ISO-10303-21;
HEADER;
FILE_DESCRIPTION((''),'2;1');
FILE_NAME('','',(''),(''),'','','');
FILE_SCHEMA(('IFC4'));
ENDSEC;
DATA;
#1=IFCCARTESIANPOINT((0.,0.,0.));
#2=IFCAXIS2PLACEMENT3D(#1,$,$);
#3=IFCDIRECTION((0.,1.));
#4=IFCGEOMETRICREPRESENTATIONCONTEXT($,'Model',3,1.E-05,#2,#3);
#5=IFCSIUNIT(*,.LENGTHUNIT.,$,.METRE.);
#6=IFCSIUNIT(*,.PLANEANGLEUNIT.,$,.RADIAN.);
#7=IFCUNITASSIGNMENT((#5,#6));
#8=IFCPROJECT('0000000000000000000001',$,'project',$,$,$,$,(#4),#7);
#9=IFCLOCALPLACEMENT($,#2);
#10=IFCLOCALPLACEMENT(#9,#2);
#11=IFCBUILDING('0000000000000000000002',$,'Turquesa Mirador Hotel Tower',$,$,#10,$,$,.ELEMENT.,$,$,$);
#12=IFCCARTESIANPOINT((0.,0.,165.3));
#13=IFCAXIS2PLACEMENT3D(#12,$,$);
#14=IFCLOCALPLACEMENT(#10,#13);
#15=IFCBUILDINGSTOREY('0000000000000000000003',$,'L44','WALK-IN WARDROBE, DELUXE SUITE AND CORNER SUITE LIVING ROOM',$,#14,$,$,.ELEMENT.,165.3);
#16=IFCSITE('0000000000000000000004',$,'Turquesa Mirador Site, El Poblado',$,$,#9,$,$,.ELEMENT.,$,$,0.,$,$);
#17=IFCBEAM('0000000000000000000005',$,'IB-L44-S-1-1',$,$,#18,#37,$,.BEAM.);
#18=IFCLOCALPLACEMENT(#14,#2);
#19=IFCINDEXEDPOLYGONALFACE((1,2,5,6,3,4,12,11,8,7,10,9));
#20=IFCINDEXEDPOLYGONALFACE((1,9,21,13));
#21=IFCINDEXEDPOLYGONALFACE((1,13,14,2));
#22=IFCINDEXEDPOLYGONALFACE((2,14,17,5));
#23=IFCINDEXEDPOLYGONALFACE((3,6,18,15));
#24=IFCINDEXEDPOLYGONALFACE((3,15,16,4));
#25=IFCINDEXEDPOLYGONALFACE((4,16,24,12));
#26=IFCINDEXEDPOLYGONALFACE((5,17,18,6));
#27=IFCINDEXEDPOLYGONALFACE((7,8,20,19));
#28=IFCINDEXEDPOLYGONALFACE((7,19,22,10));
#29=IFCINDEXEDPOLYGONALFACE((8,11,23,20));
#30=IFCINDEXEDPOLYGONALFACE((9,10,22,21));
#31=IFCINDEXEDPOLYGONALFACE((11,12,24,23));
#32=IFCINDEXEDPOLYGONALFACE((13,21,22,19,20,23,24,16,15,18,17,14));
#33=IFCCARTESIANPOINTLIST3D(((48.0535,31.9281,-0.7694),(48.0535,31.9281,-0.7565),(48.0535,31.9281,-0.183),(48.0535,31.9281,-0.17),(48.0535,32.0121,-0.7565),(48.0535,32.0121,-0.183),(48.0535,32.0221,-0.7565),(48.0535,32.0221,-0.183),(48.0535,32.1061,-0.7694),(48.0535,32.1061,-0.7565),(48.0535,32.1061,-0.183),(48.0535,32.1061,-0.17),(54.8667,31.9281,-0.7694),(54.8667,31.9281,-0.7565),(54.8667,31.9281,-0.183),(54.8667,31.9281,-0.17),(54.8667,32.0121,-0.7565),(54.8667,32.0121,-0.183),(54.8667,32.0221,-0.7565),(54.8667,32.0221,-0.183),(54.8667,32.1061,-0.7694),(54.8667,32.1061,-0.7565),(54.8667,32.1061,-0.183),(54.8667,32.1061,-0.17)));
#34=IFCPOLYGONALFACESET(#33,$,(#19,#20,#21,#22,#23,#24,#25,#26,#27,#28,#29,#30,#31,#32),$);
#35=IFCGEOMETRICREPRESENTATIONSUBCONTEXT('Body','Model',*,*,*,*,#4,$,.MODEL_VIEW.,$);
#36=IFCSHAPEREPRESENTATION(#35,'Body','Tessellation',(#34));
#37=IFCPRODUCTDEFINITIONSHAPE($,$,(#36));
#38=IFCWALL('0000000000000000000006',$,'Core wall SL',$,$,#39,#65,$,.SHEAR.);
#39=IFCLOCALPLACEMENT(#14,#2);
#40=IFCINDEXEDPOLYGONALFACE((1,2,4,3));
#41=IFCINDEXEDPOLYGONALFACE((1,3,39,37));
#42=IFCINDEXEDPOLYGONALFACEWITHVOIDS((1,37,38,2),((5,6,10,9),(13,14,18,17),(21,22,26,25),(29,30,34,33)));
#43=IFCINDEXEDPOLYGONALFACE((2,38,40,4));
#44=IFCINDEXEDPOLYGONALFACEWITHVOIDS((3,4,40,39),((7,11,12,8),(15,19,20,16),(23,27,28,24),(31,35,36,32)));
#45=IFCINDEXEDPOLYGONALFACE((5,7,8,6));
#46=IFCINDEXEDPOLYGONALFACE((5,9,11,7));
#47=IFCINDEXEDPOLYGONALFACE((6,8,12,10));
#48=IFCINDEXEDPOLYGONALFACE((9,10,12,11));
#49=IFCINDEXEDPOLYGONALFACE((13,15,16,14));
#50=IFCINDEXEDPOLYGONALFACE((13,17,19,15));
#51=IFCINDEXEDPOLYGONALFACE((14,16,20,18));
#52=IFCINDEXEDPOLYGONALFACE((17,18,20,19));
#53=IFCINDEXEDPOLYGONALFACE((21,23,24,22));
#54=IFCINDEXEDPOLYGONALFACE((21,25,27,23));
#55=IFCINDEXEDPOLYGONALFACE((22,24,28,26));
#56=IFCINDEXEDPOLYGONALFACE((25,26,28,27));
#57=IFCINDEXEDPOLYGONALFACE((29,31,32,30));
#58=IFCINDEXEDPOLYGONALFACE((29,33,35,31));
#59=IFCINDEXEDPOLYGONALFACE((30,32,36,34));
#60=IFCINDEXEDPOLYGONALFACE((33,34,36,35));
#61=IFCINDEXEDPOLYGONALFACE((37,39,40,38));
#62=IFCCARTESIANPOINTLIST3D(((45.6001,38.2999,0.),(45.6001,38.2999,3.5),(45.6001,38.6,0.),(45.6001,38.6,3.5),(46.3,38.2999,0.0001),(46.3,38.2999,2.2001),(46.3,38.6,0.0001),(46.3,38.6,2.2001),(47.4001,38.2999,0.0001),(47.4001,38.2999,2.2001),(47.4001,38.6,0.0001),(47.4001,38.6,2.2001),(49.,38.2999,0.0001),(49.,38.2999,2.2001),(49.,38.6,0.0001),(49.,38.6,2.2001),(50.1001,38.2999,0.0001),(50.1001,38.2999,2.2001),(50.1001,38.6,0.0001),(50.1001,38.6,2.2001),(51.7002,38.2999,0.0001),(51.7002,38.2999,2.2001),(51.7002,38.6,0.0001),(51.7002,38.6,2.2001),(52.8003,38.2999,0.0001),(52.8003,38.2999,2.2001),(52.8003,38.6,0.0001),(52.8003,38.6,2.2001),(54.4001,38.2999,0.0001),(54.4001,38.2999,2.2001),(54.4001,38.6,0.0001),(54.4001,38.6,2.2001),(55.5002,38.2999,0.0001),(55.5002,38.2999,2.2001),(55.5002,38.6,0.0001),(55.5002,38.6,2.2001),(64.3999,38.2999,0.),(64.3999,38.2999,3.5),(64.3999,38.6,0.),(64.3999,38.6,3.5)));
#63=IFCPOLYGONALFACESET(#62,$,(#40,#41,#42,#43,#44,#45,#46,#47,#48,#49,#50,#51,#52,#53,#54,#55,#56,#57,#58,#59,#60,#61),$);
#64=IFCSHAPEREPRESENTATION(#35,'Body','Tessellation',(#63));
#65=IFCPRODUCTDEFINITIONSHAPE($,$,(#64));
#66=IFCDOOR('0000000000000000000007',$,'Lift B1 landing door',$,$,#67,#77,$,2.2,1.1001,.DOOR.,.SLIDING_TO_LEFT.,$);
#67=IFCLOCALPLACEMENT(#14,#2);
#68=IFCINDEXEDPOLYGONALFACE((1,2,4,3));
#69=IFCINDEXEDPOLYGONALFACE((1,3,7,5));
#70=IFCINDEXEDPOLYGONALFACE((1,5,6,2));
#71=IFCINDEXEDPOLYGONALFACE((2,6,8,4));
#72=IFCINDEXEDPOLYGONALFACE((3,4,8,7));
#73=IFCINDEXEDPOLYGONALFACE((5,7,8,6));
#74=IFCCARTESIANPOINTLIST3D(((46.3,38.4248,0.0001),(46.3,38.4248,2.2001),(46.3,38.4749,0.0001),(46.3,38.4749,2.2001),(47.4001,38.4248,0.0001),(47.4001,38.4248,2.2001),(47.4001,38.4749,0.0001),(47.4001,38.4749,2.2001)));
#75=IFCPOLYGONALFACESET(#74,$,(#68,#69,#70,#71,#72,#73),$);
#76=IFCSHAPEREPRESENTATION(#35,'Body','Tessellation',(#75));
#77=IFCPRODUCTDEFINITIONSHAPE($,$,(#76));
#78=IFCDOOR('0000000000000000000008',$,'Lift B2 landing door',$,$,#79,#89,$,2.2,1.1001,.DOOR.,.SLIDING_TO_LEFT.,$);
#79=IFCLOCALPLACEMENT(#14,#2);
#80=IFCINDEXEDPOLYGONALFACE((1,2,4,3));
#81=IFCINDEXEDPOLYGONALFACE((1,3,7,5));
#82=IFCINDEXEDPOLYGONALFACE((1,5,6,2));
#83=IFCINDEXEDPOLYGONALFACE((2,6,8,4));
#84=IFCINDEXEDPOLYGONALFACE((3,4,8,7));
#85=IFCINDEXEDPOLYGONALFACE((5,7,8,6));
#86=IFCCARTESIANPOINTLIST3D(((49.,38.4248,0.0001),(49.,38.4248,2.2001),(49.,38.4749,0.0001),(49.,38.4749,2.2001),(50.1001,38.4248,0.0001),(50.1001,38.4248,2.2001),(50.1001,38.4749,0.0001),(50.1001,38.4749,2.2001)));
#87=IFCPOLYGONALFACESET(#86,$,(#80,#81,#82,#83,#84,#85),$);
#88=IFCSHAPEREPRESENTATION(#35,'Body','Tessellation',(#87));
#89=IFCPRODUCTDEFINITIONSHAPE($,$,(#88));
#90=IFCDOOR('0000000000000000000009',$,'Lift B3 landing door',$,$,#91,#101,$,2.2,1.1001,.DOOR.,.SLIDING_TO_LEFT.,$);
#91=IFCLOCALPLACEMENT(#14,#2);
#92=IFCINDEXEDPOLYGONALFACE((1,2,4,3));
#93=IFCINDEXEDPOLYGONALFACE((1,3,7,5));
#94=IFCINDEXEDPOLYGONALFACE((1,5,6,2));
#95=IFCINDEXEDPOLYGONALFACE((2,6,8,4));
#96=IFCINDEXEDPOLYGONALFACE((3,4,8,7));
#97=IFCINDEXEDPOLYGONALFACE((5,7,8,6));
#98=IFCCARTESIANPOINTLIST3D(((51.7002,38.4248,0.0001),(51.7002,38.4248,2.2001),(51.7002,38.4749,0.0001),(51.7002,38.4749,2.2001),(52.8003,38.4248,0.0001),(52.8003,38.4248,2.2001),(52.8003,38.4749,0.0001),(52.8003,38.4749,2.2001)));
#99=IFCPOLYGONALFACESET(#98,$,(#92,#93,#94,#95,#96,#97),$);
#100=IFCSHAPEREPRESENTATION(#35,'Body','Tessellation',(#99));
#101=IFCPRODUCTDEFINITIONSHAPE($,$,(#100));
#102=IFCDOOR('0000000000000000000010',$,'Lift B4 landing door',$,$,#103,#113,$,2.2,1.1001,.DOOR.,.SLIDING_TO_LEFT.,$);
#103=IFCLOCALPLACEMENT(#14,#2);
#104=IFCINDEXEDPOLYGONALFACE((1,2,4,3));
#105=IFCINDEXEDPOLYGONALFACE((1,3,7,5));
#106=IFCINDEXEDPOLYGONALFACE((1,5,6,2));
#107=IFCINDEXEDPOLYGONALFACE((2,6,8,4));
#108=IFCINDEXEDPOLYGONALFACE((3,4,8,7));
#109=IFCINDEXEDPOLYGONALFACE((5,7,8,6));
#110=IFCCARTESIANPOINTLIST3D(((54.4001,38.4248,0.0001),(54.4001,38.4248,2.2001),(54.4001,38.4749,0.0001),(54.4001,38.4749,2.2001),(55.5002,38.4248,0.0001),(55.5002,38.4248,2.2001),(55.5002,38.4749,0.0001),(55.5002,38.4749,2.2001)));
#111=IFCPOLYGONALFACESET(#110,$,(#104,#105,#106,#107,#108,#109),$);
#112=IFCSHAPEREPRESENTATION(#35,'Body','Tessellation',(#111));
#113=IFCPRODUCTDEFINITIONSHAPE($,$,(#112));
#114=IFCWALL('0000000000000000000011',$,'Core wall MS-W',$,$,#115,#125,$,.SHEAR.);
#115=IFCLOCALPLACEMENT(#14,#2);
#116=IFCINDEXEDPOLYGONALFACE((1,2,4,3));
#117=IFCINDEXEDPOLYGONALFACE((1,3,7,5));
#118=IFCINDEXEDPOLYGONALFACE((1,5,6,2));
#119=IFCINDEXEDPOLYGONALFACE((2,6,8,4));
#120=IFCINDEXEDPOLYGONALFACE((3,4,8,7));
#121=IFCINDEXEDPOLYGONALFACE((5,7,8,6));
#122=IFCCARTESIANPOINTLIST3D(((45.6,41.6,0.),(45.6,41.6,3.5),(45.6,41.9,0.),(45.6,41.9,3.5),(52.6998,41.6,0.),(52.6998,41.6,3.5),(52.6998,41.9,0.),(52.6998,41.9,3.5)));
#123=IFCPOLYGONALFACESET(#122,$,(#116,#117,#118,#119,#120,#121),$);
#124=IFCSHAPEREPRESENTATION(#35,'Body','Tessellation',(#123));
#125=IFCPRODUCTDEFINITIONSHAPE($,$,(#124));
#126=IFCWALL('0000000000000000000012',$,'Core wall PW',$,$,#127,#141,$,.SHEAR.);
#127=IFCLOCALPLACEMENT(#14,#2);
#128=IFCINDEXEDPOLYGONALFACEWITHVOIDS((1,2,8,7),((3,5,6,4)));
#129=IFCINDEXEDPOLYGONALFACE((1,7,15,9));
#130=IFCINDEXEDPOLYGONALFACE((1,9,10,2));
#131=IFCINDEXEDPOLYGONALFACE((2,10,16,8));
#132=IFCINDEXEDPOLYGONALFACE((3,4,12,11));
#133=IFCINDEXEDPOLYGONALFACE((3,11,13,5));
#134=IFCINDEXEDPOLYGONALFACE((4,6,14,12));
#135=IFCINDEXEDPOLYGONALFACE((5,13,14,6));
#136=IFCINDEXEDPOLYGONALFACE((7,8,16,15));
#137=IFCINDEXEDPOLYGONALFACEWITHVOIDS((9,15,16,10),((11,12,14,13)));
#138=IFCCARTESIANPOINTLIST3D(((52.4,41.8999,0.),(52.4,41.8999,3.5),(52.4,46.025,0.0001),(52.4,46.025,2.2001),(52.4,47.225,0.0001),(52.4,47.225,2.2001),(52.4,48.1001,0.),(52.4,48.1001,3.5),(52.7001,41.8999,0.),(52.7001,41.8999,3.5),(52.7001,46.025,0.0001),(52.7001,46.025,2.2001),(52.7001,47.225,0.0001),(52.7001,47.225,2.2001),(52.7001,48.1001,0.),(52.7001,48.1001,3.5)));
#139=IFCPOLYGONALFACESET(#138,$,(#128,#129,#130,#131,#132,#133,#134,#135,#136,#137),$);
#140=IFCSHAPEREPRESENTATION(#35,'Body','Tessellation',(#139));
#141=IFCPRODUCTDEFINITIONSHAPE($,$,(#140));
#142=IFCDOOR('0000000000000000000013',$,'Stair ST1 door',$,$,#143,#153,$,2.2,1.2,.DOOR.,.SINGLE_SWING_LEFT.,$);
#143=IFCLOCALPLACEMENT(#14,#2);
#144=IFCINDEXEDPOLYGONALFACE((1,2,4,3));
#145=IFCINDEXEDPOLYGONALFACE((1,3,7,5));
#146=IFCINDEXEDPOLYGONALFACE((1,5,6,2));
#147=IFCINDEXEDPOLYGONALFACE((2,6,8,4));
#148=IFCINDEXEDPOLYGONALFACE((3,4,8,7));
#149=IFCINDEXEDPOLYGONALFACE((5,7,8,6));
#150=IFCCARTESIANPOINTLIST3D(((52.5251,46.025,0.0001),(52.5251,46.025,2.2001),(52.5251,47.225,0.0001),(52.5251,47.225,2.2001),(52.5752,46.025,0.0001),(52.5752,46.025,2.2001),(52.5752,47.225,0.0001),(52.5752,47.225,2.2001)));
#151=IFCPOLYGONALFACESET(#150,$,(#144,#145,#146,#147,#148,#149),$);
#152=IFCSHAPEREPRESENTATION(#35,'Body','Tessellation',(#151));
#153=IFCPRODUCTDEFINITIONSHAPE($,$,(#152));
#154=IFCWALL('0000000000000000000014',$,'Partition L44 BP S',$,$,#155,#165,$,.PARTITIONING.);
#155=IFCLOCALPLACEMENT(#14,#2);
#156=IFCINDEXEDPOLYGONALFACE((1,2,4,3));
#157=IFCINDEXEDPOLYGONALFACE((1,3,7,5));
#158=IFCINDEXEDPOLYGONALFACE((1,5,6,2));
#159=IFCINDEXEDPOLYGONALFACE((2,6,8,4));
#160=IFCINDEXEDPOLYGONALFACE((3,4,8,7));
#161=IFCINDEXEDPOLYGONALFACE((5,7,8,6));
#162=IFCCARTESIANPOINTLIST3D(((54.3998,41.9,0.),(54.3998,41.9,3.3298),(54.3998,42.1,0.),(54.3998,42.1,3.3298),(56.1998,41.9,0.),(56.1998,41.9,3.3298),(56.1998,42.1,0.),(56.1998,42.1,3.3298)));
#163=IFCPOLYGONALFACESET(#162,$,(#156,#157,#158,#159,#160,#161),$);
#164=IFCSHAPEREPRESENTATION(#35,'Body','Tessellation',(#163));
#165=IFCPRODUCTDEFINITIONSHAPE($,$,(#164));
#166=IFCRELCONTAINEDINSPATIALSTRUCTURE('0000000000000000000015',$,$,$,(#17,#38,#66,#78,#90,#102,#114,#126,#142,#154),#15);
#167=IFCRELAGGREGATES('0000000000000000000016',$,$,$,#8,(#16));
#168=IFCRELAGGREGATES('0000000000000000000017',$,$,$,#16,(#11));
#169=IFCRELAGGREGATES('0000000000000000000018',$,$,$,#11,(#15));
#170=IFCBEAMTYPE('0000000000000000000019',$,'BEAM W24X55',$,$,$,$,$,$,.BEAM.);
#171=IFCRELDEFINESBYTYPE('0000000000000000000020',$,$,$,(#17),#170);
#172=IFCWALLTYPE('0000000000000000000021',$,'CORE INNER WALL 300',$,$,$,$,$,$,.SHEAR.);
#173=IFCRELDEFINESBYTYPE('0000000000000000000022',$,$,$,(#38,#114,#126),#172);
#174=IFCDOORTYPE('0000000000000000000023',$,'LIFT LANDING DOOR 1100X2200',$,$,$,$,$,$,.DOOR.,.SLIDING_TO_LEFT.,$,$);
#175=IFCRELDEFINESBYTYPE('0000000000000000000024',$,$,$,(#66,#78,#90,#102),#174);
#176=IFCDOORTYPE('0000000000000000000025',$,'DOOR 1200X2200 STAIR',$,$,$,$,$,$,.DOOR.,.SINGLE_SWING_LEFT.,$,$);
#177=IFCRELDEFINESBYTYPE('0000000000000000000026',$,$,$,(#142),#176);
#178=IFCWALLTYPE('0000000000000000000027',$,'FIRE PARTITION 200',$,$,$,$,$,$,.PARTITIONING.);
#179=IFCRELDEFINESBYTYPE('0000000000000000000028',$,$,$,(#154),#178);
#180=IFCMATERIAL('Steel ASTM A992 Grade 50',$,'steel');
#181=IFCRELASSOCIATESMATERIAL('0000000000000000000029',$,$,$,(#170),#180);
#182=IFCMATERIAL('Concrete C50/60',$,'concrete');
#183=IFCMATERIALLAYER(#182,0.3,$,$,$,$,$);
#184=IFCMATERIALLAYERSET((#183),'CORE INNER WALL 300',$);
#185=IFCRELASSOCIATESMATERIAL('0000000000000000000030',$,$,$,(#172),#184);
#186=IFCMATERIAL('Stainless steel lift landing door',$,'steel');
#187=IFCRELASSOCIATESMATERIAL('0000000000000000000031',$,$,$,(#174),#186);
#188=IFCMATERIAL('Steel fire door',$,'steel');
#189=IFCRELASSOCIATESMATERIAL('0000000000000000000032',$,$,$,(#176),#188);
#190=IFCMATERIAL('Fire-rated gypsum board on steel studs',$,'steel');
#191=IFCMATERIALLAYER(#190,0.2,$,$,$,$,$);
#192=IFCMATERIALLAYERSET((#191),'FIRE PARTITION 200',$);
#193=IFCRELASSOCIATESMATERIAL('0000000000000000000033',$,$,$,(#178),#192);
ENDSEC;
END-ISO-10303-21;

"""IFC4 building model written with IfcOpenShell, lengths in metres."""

from ifc_helpers import new_model, si_unit, direction, frame, frame_2d, origin, origin_2d, place, context, subcontext, project, spatial, rectangle, i_section, extrude, material, layer, layer_set, material_profile, profile_set, type_object, element, fill, save


model = new_model("IFC4")

# Units and contexts
model_context = context("Model", 3, precision=1e-05, world=origin(), true_north=direction((0.0, 1.0)))
body_context = subcontext(model_context, "Body", "Model", "MODEL_VIEW")
ifc_project = project(units=[si_unit("LENGTHUNIT", "METRE"), si_unit("PLANEANGLEUNIT", "RADIAN")], contexts=[model_context])

# Site, building, storey
site_placement = place(None, origin())
site = spatial("IfcSite", under=ifc_project, at=site_placement, Name="Turquesa Mirador Site, El Poblado", CompositionType="ELEMENT", RefElevation=0.0)
building_placement = place(site_placement, origin())
building = spatial("IfcBuilding", under=site, at=building_placement, Name="Turquesa Mirador Hotel Tower", CompositionType="ELEMENT")
storey_placement = place(building_placement, frame((0.0, 0.0, 165.3)))
storey = spatial("IfcBuildingStorey", under=building, at=storey_placement, Name="L44", Description="WALK-IN WARDROBE, DELUXE SUITE AND CORNER SUITE LIVING ROOM", CompositionType="ELEMENT", Elevation=165.3)

# Beam
ifc_material_1 = material(Name="Steel ASTM A992 Grade 50", Category="steel")
ifc_material_profile = material_profile(ifc_material_1, i_section(OverallWidth=0.178, OverallDepth=0.5994, WebThickness=0.01, FlangeThickness=0.0129, at=origin_2d()), Name="W24X55")
ifc_profile_set = profile_set([ifc_material_profile], Name="Steel ASTM A992 Grade 50")
beam_type = type_object("IfcBeamType", Name="BEAM W24X55", PredefinedType="BEAM", material=ifc_profile_set)
beam_placement = place(storey_placement, frame((48.0535, 32.0171, -0.4697), z_axis=(1.0, 0.0, 0.0), x_axis=(0.0, 1.0, 0.0)))
element("IfcBeam", 1, at=beam_placement, inside=storey, type_object=beam_type, Name="IB-L44-S-1-1", PredefinedType="BEAM", context=body_context, shape_type="SweptSolid", body=[
    extrude(i_section(OverallWidth=0.178, OverallDepth=0.5994, WebThickness=0.01, FlangeThickness=0.0129, at=origin_2d()), origin(), (0.0, 0.0, 1.0), 6.8132),
])

# Wall, openings, doors
ifc_material_2 = material(Name="Concrete C50/60", Category="concrete")
ifc_layer_1 = layer(ifc_material_2, 0.3)
ifc_layer_set_1 = layer_set([ifc_layer_1], Name="CORE INNER WALL 300")
wall_type_1 = type_object("IfcWallType", Name="CORE INNER WALL 300", PredefinedType="SHEAR", material=ifc_layer_set_1)
wall_1_placement = place(storey_placement, frame((45.6001, 38.45, 0.0), z_axis=(0.0, 0.0, 1.0), x_axis=(1.0, 0.0, 0.0)))
wall_1 = element("IfcWall", 2, at=wall_1_placement, inside=storey, type_object=wall_type_1, Name="Core wall SL", PredefinedType="SHEAR", context=body_context, shape_type="SweptSolid", body=[
    extrude(rectangle(XDim=18.7998, YDim=0.3, at=frame_2d((9.3999, 0.0))), origin(), (0.0, 0.0, 1.0), 3.5),
])
opening_1_placement = place(wall_1_placement, frame((0.7, 0.0, 0.0)))
opening_1 = element("IfcOpeningElement", 3, at=opening_1_placement, cuts=wall_1, PredefinedType="OPENING", context=body_context, shape_type="SweptSolid", body=[
    extrude(rectangle(XDim=1.1001, YDim=2.2, at=frame_2d((0.55, 1.1001))), frame((0.0, 0.1599, 0.0), z_axis=(0.0, -1.0, 0.0), x_axis=(1.0, 0.0, 0.0)), (0.0, 0.0, 1.0), 0.3201),
])
opening_2_placement = place(wall_1_placement, frame((3.3999, 0.0, 0.0)))
opening_2 = element("IfcOpeningElement", 4, at=opening_2_placement, cuts=wall_1, PredefinedType="OPENING", context=body_context, shape_type="SweptSolid", body=[
    extrude(rectangle(XDim=1.1001, YDim=2.2, at=frame_2d((0.55, 1.1001))), frame((0.0, 0.1599, 0.0), z_axis=(0.0, -1.0, 0.0), x_axis=(1.0, 0.0, 0.0)), (0.0, 0.0, 1.0), 0.3201),
])
opening_3_placement = place(wall_1_placement, frame((6.1001, 0.0, 0.0)))
opening_3 = element("IfcOpeningElement", 5, at=opening_3_placement, cuts=wall_1, PredefinedType="OPENING", context=body_context, shape_type="SweptSolid", body=[
    extrude(rectangle(XDim=1.1001, YDim=2.2, at=frame_2d((0.55, 1.1001))), frame((0.0, 0.1599, 0.0), z_axis=(0.0, -1.0, 0.0), x_axis=(1.0, 0.0, 0.0)), (0.0, 0.0, 1.0), 0.3201),
])
opening_4_placement = place(wall_1_placement, frame((8.8, 0.0, 0.0)))
opening_4 = element("IfcOpeningElement", 6, at=opening_4_placement, cuts=wall_1, PredefinedType="OPENING", context=body_context, shape_type="SweptSolid", body=[
    extrude(rectangle(XDim=1.1001, YDim=2.2, at=frame_2d((0.55, 1.1001))), frame((0.0, 0.1599, 0.0), z_axis=(0.0, -1.0, 0.0), x_axis=(1.0, 0.0, 0.0)), (0.0, 0.0, 1.0), 0.3201),
])
ifc_material_3 = material(Name="Stainless steel lift landing door", Category="steel")
door_type_1 = type_object("IfcDoorType", Name="LIFT LANDING DOOR 1100X2200", OperationType="SLIDING_TO_LEFT", PredefinedType="DOOR", material=ifc_material_3)
door_1_placement = place(opening_1_placement, origin())
door_1 = element("IfcDoor", 7, at=door_1_placement, inside=storey, type_object=door_type_1, Name="Lift B1 landing door", OperationType="SLIDING_TO_LEFT", OverallHeight=2.2, OverallWidth=1.1001, PredefinedType="DOOR", context=body_context, shape_type="SweptSolid", body=[
    extrude(rectangle(XDim=1.1001, YDim=2.2, at=frame_2d((0.55, 1.1001))), frame((0.0, 0.0249, 0.0), z_axis=(0.0, -1.0, 0.0), x_axis=(1.0, 0.0, 0.0)), (0.0, 0.0, 1.0), 0.05),
])
fill(opening_1, door_1)
door_2_placement = place(opening_2_placement, origin())
door_2 = element("IfcDoor", 8, at=door_2_placement, inside=storey, type_object=door_type_1, Name="Lift B2 landing door", OperationType="SLIDING_TO_LEFT", OverallHeight=2.2, OverallWidth=1.1001, PredefinedType="DOOR", context=body_context, shape_type="SweptSolid", body=[
    extrude(rectangle(XDim=1.1001, YDim=2.2, at=frame_2d((0.55, 1.1001))), frame((0.0, 0.0249, 0.0), z_axis=(0.0, -1.0, 0.0), x_axis=(1.0, 0.0, 0.0)), (0.0, 0.0, 1.0), 0.05),
])
fill(opening_2, door_2)
door_3_placement = place(opening_3_placement, origin())
door_3 = element("IfcDoor", 9, at=door_3_placement, inside=storey, type_object=door_type_1, Name="Lift B3 landing door", OperationType="SLIDING_TO_LEFT", OverallHeight=2.2, OverallWidth=1.1001, PredefinedType="DOOR", context=body_context, shape_type="SweptSolid", body=[
    extrude(rectangle(XDim=1.1001, YDim=2.2, at=frame_2d((0.55, 1.1001))), frame((0.0, 0.0249, 0.0), z_axis=(0.0, -1.0, 0.0), x_axis=(1.0, 0.0, 0.0)), (0.0, 0.0, 1.0), 0.05),
])
fill(opening_3, door_3)
door_4_placement = place(opening_4_placement, origin())
door_4 = element("IfcDoor", 10, at=door_4_placement, inside=storey, type_object=door_type_1, Name="Lift B4 landing door", OperationType="SLIDING_TO_LEFT", OverallHeight=2.2, OverallWidth=1.1001, PredefinedType="DOOR", context=body_context, shape_type="SweptSolid", body=[
    extrude(rectangle(XDim=1.1001, YDim=2.2, at=frame_2d((0.55, 1.1001))), frame((0.0, 0.0249, 0.0), z_axis=(0.0, -1.0, 0.0), x_axis=(1.0, 0.0, 0.0)), (0.0, 0.0, 1.0), 0.05),
])
fill(opening_4, door_4)

# Wall
wall_2_placement = place(storey_placement, frame((45.6001, 41.75, 0.0), z_axis=(0.0, 0.0, 1.0), x_axis=(1.0, 0.0, 0.0)))
element("IfcWall", 11, at=wall_2_placement, inside=storey, type_object=wall_type_1, Name="Core wall MS-W", PredefinedType="SHEAR", context=body_context, shape_type="SweptSolid", body=[
    extrude(rectangle(XDim=7.0999, YDim=0.3, at=frame_2d((3.5498, 0.0))), origin(), (0.0, 0.0, 1.0), 3.5),
])

# Wall, opening, door
wall_3_placement = place(storey_placement, frame((52.55, 41.8999, 0.0), z_axis=(0.0, 0.0, 1.0), x_axis=(0.0, 1.0, 0.0)))
wall_3 = element("IfcWall", 12, at=wall_3_placement, inside=storey, type_object=wall_type_1, Name="Core wall PW", PredefinedType="SHEAR", context=body_context, shape_type="SweptSolid", body=[
    extrude(rectangle(XDim=6.2002, YDim=0.3, at=frame_2d((3.1001, 0.0))), origin(), (0.0, 0.0, 1.0), 3.5),
])
opening_5_placement = place(wall_3_placement, frame((4.125, 0.0, 0.0)))
opening_5 = element("IfcOpeningElement", 13, at=opening_5_placement, cuts=wall_3, PredefinedType="OPENING", context=body_context, shape_type="SweptSolid", body=[
    extrude(rectangle(XDim=1.2, YDim=2.2, at=frame_2d((0.6001, 1.1001))), frame((0.0, 0.1599, 0.0), z_axis=(0.0, -1.0, 0.0), x_axis=(1.0, 0.0, 0.0)), (0.0, 0.0, 1.0), 0.3201),
])
ifc_material_4 = material(Name="Steel fire door", Category="steel")
door_type_2 = type_object("IfcDoorType", Name="DOOR 1200X2200 STAIR", OperationType="SINGLE_SWING_LEFT", PredefinedType="DOOR", material=ifc_material_4)
door_5_placement = place(opening_5_placement, origin())
door_5 = element("IfcDoor", 14, at=door_5_placement, inside=storey, type_object=door_type_2, Name="Stair ST1 door", OperationType="SINGLE_SWING_LEFT", OverallHeight=2.2, OverallWidth=1.2, PredefinedType="DOOR", context=body_context, shape_type="SweptSolid", body=[
    extrude(rectangle(XDim=1.2, YDim=2.2, at=frame_2d((0.6001, 1.1001))), frame((0.0, 0.0249, 0.0), z_axis=(0.0, -1.0, 0.0), x_axis=(1.0, 0.0, 0.0)), (0.0, 0.0, 1.0), 0.05),
])
fill(opening_5, door_5)

# Wall
ifc_material_5 = material(Name="Fire-rated gypsum board on steel studs", Category="steel")
ifc_layer_2 = layer(ifc_material_5, 0.2)
ifc_layer_set_2 = layer_set([ifc_layer_2], Name="FIRE PARTITION 200")
wall_type_2 = type_object("IfcWallType", Name="FIRE PARTITION 200", PredefinedType="PARTITIONING", material=ifc_layer_set_2)
wall_4_placement = place(storey_placement, frame((54.3999, 42.0, 0.0), z_axis=(0.0, 0.0, 1.0), x_axis=(1.0, 0.0, 0.0)))
element("IfcWall", 15, at=wall_4_placement, inside=storey, type_object=wall_type_2, Name="Partition L44 BP S", PredefinedType="PARTITIONING", context=body_context, shape_type="SweptSolid", body=[
    extrude(rectangle(XDim=1.8, YDim=0.2, at=frame_2d((0.8999, 0.0))), origin(), (0.0, 0.0, 1.0), 3.3298),
])

save(model, "model.ifc")
